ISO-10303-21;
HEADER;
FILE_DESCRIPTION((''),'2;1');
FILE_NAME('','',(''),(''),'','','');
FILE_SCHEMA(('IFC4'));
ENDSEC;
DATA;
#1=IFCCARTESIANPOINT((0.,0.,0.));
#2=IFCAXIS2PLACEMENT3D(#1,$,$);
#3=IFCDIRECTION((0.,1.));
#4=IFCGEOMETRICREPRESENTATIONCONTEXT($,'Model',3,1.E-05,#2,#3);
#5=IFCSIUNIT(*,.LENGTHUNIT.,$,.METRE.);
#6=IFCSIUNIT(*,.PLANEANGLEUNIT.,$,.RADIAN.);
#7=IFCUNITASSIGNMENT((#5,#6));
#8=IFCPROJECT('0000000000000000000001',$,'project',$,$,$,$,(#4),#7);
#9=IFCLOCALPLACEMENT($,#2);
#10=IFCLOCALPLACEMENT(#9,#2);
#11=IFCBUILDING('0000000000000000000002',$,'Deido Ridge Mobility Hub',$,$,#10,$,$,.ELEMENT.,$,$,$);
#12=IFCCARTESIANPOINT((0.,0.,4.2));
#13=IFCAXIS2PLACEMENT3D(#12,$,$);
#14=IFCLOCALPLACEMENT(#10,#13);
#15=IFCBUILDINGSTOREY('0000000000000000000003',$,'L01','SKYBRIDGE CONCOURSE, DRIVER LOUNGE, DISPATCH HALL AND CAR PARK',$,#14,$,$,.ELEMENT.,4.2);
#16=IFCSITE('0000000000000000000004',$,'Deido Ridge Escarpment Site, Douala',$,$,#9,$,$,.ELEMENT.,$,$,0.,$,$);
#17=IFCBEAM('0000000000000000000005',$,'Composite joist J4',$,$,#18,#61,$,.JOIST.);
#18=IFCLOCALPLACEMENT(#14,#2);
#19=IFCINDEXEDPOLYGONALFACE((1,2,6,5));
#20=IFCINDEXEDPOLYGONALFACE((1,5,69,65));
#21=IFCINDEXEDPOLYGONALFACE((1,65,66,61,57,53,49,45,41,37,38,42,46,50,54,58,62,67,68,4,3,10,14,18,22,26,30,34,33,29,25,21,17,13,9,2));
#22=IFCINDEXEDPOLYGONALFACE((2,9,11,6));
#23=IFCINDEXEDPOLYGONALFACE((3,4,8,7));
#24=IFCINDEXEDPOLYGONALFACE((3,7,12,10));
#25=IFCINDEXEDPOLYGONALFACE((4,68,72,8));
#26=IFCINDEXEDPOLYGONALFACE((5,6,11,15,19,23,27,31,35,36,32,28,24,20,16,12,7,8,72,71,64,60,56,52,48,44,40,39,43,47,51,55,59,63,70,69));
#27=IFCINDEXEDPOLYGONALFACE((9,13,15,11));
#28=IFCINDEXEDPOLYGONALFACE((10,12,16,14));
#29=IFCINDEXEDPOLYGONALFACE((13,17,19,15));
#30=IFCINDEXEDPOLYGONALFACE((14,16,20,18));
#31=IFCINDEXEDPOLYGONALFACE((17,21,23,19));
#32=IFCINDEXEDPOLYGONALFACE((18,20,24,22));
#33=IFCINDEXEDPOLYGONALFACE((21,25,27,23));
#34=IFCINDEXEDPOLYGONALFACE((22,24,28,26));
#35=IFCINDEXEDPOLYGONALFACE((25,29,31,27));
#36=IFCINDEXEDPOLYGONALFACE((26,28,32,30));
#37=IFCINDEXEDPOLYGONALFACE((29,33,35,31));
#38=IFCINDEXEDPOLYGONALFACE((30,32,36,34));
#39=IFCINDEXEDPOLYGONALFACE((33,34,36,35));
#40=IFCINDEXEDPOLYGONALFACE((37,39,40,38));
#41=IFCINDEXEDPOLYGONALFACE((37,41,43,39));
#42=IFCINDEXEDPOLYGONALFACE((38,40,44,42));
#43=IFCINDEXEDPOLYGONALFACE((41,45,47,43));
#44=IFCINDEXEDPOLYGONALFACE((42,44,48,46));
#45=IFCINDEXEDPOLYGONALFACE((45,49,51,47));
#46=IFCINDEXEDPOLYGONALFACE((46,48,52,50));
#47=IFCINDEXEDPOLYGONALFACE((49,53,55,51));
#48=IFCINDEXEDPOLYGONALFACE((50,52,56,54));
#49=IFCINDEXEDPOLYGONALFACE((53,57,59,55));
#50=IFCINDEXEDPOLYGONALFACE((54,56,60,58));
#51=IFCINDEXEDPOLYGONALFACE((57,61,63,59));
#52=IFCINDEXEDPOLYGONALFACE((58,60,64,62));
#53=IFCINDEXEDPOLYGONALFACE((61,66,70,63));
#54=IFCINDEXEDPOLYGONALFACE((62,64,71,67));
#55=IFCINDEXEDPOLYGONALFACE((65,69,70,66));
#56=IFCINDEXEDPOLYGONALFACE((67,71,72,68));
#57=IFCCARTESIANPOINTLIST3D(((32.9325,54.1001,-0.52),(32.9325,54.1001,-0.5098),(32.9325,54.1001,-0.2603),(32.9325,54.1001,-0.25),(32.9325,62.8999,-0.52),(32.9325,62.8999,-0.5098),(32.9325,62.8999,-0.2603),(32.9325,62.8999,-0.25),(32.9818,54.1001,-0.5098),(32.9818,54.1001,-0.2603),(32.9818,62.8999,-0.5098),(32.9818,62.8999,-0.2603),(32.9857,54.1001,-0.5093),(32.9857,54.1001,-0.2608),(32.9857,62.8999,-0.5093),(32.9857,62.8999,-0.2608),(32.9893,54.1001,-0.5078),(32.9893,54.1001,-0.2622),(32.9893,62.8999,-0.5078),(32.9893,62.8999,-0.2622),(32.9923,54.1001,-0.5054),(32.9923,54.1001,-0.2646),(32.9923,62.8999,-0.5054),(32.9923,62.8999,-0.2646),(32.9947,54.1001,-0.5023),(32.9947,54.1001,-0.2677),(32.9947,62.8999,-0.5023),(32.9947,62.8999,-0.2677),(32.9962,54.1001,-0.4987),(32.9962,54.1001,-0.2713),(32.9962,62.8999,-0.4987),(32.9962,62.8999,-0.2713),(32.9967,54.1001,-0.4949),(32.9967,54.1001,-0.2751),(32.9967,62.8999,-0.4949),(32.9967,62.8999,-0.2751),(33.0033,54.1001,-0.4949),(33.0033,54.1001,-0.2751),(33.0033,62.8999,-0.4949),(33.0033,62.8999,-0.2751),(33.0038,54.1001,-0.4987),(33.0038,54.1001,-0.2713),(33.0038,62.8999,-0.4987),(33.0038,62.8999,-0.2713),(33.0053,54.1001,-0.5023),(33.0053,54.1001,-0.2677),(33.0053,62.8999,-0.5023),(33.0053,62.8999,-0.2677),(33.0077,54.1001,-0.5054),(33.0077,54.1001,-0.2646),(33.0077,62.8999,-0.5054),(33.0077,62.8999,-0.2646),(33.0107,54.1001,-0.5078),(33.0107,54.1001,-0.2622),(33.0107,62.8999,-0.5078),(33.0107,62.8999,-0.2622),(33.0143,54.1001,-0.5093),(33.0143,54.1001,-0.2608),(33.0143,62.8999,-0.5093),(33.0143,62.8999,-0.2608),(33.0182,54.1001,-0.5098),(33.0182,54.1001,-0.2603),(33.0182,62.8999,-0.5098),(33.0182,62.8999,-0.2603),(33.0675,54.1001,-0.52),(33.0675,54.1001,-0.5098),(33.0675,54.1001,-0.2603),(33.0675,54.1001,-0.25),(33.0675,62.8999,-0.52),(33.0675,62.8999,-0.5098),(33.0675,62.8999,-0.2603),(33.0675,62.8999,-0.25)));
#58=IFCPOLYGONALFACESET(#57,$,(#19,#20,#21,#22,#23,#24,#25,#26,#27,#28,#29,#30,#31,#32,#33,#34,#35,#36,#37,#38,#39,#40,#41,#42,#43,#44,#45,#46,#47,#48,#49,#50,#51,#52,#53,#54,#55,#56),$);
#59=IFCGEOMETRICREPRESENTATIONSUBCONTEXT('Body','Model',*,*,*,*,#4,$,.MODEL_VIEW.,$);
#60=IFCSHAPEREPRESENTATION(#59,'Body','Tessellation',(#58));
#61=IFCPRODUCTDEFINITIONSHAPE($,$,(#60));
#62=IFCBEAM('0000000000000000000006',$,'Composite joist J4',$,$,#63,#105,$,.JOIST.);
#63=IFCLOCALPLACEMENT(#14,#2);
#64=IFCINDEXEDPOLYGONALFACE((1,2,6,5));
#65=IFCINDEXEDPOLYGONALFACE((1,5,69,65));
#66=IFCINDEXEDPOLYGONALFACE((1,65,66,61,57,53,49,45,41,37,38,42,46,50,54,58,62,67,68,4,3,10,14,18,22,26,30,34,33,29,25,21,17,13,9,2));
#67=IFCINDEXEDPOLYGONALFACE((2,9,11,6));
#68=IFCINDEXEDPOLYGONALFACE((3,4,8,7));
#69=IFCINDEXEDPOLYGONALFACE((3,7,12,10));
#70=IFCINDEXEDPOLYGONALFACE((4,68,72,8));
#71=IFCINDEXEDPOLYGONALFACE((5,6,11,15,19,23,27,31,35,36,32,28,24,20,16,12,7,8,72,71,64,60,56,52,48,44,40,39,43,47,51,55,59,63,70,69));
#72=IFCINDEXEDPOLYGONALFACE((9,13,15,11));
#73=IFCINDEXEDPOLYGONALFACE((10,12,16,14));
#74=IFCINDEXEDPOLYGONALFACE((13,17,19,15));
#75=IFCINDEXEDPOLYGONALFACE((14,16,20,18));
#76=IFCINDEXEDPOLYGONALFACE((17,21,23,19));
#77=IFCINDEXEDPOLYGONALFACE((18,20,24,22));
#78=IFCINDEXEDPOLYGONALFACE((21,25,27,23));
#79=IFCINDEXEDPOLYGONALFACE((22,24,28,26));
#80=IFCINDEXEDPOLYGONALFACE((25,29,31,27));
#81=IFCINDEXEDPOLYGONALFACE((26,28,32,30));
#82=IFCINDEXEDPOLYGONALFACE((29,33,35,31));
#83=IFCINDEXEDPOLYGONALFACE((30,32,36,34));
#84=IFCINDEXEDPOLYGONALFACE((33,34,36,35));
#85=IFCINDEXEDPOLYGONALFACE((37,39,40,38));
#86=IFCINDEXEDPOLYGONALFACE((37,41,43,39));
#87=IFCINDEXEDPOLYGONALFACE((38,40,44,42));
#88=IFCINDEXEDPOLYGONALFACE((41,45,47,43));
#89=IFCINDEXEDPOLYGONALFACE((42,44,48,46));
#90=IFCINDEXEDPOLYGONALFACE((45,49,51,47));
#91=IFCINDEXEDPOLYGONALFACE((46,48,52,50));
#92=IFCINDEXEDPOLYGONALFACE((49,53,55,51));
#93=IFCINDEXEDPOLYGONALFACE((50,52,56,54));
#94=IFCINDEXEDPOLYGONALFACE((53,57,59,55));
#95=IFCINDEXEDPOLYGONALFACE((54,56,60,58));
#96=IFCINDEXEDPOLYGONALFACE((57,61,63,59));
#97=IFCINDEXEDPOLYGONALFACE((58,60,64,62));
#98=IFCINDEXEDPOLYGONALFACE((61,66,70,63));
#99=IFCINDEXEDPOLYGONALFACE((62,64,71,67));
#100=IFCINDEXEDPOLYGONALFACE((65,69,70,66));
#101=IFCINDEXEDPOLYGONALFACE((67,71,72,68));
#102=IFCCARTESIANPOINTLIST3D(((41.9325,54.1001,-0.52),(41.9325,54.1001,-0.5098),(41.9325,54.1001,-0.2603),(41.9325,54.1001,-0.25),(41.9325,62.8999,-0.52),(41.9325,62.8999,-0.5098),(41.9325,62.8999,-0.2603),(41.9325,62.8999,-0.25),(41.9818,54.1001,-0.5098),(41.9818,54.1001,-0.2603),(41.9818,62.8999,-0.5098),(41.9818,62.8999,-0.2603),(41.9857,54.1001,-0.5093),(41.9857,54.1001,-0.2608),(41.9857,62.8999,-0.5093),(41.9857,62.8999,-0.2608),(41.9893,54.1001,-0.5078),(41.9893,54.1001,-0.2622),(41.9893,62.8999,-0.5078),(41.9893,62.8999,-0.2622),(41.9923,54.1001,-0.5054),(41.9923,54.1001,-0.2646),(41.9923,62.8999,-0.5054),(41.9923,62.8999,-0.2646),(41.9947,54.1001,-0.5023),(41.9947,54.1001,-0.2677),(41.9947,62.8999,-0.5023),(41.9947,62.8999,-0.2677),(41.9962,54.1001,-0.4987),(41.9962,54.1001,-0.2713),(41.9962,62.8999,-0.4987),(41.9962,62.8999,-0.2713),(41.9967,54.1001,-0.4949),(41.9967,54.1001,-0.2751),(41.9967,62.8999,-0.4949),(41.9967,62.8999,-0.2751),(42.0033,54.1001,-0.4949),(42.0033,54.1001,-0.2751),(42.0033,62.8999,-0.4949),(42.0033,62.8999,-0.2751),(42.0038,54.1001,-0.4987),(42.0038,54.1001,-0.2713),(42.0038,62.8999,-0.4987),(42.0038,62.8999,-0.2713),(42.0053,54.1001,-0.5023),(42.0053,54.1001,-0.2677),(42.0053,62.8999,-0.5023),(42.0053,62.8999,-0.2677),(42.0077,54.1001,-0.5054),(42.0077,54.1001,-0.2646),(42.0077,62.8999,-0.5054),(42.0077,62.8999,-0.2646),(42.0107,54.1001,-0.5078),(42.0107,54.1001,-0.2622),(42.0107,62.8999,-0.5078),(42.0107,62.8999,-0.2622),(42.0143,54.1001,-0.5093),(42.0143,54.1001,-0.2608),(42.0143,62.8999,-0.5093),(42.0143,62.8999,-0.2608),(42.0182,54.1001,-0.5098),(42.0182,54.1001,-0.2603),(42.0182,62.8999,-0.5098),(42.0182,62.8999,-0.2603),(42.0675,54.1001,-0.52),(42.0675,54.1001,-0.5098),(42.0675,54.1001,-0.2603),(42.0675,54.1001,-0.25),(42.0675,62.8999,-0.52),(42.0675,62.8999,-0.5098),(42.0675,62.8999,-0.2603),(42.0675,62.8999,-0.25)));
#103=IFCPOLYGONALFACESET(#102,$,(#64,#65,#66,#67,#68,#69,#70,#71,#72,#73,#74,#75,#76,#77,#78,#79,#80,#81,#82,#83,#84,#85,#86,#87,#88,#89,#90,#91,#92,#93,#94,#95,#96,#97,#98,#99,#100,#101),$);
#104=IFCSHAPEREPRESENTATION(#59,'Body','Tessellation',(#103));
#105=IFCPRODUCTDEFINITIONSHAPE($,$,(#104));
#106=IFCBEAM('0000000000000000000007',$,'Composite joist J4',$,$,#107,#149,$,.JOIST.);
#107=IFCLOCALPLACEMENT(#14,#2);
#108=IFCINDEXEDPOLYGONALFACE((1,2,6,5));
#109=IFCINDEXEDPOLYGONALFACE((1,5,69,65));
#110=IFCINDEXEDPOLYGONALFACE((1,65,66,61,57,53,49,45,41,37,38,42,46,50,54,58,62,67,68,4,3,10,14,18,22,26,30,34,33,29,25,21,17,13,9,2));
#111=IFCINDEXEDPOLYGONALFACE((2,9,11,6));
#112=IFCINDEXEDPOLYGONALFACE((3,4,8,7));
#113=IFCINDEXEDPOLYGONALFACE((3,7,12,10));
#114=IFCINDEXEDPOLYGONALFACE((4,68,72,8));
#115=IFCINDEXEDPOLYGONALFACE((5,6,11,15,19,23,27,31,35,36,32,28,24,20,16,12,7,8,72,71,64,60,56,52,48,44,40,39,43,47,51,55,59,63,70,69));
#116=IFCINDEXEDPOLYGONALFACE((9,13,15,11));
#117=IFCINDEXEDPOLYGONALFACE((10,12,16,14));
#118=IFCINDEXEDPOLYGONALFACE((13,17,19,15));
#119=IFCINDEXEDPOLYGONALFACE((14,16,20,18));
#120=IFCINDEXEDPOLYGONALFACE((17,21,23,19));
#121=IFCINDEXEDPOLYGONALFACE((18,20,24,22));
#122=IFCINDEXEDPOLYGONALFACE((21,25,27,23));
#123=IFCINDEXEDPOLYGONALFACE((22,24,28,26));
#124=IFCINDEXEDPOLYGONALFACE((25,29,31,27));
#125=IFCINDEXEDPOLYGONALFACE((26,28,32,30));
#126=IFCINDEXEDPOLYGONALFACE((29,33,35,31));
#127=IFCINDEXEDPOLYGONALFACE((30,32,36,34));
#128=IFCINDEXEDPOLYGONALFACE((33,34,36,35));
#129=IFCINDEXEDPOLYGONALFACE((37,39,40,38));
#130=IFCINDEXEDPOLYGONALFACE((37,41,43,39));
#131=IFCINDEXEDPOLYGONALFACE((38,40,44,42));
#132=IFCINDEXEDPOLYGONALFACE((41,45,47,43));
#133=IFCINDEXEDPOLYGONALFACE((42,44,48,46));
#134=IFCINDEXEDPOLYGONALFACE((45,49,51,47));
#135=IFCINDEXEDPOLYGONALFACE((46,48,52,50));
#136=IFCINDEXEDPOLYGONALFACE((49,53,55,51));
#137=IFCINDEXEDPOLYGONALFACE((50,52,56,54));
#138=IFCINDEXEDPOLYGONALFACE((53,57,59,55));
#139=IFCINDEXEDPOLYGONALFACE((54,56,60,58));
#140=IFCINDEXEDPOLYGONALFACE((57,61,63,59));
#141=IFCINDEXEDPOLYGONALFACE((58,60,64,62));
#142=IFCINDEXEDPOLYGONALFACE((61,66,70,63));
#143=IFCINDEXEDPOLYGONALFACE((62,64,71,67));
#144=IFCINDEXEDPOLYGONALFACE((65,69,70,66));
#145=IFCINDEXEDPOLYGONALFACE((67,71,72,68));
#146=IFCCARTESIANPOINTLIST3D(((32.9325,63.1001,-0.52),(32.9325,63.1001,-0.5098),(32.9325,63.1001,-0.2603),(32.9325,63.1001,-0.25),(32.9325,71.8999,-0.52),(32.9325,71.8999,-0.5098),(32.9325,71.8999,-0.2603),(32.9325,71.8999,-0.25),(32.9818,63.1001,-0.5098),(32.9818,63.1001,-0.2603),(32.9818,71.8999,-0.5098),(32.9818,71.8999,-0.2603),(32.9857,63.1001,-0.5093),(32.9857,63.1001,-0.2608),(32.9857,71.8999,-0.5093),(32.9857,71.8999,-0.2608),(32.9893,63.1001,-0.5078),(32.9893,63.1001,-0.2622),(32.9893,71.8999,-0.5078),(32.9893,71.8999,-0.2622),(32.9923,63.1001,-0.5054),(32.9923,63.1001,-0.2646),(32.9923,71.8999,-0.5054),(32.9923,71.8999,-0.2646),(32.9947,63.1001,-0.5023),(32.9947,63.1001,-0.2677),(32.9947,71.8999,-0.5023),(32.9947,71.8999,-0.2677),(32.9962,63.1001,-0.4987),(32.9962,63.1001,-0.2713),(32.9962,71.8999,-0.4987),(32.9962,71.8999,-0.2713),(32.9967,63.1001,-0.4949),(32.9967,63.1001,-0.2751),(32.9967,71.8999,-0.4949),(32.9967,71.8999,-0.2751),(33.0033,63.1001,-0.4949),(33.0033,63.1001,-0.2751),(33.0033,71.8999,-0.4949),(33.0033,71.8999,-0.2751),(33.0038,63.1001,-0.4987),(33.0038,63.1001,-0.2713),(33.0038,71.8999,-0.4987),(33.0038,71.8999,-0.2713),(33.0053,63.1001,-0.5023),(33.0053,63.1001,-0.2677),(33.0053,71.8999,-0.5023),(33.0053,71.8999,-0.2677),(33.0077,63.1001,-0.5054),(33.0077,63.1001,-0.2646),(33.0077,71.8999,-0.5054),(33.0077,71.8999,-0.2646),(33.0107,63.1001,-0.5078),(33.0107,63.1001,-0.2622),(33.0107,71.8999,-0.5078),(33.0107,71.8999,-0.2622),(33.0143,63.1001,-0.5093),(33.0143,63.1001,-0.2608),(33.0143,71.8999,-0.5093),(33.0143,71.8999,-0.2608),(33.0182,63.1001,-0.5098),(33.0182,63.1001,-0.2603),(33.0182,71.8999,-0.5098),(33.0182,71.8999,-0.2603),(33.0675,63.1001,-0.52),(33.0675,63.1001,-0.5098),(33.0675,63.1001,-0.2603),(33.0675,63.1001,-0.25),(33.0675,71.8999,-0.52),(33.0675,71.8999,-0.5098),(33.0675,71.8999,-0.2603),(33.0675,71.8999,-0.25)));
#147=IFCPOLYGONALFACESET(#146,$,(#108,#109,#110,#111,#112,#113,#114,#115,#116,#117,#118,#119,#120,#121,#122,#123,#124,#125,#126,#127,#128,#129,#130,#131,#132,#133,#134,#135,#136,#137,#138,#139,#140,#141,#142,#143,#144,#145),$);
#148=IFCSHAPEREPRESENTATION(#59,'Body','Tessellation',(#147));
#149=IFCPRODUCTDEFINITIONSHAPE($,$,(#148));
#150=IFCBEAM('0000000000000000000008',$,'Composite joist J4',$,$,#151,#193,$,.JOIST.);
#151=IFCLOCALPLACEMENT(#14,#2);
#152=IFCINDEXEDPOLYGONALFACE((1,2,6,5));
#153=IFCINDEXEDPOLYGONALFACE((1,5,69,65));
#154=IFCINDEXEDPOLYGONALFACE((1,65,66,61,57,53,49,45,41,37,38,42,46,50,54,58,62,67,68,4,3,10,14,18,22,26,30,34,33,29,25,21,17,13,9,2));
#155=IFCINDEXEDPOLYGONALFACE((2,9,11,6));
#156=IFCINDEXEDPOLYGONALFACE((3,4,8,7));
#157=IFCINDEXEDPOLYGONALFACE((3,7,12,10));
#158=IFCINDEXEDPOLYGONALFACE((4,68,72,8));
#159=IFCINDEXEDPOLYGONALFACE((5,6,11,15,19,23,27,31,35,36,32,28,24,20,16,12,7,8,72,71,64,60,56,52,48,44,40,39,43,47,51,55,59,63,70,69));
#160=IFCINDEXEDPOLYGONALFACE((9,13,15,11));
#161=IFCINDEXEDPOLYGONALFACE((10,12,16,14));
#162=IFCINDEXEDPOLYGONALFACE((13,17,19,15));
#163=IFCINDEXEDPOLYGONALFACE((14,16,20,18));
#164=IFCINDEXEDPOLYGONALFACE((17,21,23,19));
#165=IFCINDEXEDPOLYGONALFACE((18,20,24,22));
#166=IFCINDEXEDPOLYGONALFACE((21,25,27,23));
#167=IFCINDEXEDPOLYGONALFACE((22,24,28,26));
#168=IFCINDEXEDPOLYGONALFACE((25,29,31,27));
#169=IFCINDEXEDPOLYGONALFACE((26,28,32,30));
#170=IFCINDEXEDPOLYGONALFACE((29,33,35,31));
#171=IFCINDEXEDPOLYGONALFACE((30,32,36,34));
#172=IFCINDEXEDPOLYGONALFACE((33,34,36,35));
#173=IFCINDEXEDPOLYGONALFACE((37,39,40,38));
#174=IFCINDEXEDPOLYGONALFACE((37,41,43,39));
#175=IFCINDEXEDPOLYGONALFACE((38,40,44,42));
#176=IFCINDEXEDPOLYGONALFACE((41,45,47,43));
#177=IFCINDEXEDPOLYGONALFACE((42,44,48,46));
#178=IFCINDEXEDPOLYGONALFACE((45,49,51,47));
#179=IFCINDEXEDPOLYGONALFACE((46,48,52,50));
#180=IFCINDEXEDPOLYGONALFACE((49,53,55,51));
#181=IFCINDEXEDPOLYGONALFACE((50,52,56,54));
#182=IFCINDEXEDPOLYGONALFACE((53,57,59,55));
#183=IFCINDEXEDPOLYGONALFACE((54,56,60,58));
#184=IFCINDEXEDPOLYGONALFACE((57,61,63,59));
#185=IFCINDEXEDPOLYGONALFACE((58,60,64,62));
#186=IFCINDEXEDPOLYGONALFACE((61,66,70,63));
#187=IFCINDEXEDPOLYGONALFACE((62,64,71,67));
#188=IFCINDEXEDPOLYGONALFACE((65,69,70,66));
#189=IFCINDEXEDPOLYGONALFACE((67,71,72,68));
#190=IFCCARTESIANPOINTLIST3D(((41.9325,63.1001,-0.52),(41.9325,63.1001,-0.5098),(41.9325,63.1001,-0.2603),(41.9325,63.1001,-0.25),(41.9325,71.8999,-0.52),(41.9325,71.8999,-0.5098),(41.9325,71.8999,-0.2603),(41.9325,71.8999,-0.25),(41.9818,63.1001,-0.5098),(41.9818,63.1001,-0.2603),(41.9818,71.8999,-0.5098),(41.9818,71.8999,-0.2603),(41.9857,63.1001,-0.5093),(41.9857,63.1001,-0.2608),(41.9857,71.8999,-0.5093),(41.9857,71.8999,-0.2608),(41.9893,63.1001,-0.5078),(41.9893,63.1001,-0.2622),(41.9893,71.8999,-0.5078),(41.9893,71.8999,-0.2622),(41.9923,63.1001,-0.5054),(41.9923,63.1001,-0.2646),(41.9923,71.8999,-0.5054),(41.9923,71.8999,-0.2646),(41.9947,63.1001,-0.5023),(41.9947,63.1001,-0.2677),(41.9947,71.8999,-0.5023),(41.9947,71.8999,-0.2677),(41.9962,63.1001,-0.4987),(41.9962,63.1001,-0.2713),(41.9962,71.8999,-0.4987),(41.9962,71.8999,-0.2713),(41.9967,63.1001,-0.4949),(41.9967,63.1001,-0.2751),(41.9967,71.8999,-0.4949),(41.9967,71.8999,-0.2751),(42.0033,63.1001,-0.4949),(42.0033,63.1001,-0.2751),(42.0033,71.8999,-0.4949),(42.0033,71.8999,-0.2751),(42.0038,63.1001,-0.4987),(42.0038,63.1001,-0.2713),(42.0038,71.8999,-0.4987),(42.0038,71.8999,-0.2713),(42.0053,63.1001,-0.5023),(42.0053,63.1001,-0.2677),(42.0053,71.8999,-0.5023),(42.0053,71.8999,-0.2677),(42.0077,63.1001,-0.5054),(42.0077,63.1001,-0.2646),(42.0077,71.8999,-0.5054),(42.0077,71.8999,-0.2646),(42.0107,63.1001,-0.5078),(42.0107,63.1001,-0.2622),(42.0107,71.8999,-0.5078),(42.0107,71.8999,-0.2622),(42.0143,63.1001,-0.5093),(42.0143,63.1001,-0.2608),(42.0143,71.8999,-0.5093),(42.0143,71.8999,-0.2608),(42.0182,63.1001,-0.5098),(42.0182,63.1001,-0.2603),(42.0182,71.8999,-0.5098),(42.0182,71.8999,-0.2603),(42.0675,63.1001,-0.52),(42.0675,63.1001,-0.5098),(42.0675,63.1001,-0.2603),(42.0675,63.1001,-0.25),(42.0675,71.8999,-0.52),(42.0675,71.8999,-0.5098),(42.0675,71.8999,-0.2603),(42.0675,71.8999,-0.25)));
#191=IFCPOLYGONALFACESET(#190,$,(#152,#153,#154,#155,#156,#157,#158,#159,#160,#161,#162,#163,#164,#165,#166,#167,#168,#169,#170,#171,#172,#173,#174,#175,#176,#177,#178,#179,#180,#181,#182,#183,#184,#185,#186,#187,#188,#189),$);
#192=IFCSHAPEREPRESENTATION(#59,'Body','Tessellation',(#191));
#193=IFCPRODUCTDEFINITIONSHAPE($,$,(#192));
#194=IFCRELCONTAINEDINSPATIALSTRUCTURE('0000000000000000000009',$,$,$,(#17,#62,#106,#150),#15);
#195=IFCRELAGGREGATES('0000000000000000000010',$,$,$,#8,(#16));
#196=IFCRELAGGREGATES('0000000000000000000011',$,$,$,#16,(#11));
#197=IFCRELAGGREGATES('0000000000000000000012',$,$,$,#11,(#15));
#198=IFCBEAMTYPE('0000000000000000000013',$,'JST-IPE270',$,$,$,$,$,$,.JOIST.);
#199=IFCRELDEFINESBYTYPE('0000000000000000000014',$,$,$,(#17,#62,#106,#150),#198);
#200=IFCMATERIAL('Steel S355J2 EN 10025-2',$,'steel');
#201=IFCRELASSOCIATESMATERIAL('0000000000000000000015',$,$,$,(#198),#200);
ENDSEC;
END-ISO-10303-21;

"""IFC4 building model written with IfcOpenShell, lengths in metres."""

from ifc_helpers import new_model, si_unit, direction, frame, origin, origin_2d, place, context, subcontext, project, spatial, i_section, extrude, material, material_profile, profile_set, type_object, element, save


model = new_model("IFC4")

# Units and contexts
model_context = context("Model", 3, precision=1e-05, world=origin(), true_north=direction((0.0, 1.0)))
body_context = subcontext(model_context, "Body", "Model", "MODEL_VIEW")
ifc_project = project(units=[si_unit("LENGTHUNIT", "METRE"), si_unit("PLANEANGLEUNIT", "RADIAN")], contexts=[model_context])

# Site, building, storey
site_placement = place(None, origin())
site = spatial("IfcSite", under=ifc_project, at=site_placement, Name="Deido Ridge Escarpment Site, Douala", CompositionType="ELEMENT", RefElevation=0.0)
building_placement = place(site_placement, origin())
building = spatial("IfcBuilding", under=site, at=building_placement, Name="Deido Ridge Mobility Hub", CompositionType="ELEMENT")
storey_placement = place(building_placement, frame((0.0, 0.0, 4.2)))
storey = spatial("IfcBuildingStorey", under=building, at=storey_placement, Name="L01", Description="SKYBRIDGE CONCOURSE, DRIVER LOUNGE, DISPATCH HALL AND CAR PARK", CompositionType="ELEMENT", Elevation=4.2)

# Shared definitions
ifc_material_1 = material(Name="Steel S355J2 EN 10025-2", Category="steel")

# Beams
ifc_material_profile_1 = material_profile(ifc_material_1, i_section(OverallWidth=0.135, OverallDepth=0.27, WebThickness=0.0066, FlangeThickness=0.0103, FilletRadius=0.0149, at=origin_2d()), Name="IPE 270")
ifc_profile_set_1 = profile_set([ifc_material_profile_1], Name="Steel S355J2 EN 10025-2")
beam_type_1 = type_object("IfcBeamType", Name="JST-IPE270", PredefinedType="JOIST", material=ifc_profile_set_1)
for number, where, z_axis, x_axis, name in (
    (1, (33.0, 54.1001, -0.385), (0.0, 1.0, 0.0), (-1.0, 0.0, 0.0), "Composite joist J4"),
    (2, (42.0, 54.1001, -0.385), (0.0, 1.0, 0.0), (-1.0, 0.0, 0.0), "Composite joist J4"),
    (3, (33.0, 63.1001, -0.385), (0.0, 1.0, 0.0), (-1.0, 0.0, 0.0), "Composite joist J4"),
    (4, (42.0, 63.1001, -0.385), (0.0, 1.0, 0.0), (-1.0, 0.0, 0.0), "Composite joist J4"),
):
    element("IfcBeam", number, at=place(storey_placement, frame(where, z_axis=z_axis, x_axis=x_axis)), inside=storey, type_object=beam_type_1, Name=name, PredefinedType="JOIST", context=body_context, shape_type="SweptSolid", body=[
        extrude(i_section(OverallWidth=0.135, OverallDepth=0.27, WebThickness=0.0066, FlangeThickness=0.0103, FilletRadius=0.0149, at=origin_2d()), origin(), (0.0, 0.0, 1.0), 8.7998),
    ])

save(model, "model.ifc")
